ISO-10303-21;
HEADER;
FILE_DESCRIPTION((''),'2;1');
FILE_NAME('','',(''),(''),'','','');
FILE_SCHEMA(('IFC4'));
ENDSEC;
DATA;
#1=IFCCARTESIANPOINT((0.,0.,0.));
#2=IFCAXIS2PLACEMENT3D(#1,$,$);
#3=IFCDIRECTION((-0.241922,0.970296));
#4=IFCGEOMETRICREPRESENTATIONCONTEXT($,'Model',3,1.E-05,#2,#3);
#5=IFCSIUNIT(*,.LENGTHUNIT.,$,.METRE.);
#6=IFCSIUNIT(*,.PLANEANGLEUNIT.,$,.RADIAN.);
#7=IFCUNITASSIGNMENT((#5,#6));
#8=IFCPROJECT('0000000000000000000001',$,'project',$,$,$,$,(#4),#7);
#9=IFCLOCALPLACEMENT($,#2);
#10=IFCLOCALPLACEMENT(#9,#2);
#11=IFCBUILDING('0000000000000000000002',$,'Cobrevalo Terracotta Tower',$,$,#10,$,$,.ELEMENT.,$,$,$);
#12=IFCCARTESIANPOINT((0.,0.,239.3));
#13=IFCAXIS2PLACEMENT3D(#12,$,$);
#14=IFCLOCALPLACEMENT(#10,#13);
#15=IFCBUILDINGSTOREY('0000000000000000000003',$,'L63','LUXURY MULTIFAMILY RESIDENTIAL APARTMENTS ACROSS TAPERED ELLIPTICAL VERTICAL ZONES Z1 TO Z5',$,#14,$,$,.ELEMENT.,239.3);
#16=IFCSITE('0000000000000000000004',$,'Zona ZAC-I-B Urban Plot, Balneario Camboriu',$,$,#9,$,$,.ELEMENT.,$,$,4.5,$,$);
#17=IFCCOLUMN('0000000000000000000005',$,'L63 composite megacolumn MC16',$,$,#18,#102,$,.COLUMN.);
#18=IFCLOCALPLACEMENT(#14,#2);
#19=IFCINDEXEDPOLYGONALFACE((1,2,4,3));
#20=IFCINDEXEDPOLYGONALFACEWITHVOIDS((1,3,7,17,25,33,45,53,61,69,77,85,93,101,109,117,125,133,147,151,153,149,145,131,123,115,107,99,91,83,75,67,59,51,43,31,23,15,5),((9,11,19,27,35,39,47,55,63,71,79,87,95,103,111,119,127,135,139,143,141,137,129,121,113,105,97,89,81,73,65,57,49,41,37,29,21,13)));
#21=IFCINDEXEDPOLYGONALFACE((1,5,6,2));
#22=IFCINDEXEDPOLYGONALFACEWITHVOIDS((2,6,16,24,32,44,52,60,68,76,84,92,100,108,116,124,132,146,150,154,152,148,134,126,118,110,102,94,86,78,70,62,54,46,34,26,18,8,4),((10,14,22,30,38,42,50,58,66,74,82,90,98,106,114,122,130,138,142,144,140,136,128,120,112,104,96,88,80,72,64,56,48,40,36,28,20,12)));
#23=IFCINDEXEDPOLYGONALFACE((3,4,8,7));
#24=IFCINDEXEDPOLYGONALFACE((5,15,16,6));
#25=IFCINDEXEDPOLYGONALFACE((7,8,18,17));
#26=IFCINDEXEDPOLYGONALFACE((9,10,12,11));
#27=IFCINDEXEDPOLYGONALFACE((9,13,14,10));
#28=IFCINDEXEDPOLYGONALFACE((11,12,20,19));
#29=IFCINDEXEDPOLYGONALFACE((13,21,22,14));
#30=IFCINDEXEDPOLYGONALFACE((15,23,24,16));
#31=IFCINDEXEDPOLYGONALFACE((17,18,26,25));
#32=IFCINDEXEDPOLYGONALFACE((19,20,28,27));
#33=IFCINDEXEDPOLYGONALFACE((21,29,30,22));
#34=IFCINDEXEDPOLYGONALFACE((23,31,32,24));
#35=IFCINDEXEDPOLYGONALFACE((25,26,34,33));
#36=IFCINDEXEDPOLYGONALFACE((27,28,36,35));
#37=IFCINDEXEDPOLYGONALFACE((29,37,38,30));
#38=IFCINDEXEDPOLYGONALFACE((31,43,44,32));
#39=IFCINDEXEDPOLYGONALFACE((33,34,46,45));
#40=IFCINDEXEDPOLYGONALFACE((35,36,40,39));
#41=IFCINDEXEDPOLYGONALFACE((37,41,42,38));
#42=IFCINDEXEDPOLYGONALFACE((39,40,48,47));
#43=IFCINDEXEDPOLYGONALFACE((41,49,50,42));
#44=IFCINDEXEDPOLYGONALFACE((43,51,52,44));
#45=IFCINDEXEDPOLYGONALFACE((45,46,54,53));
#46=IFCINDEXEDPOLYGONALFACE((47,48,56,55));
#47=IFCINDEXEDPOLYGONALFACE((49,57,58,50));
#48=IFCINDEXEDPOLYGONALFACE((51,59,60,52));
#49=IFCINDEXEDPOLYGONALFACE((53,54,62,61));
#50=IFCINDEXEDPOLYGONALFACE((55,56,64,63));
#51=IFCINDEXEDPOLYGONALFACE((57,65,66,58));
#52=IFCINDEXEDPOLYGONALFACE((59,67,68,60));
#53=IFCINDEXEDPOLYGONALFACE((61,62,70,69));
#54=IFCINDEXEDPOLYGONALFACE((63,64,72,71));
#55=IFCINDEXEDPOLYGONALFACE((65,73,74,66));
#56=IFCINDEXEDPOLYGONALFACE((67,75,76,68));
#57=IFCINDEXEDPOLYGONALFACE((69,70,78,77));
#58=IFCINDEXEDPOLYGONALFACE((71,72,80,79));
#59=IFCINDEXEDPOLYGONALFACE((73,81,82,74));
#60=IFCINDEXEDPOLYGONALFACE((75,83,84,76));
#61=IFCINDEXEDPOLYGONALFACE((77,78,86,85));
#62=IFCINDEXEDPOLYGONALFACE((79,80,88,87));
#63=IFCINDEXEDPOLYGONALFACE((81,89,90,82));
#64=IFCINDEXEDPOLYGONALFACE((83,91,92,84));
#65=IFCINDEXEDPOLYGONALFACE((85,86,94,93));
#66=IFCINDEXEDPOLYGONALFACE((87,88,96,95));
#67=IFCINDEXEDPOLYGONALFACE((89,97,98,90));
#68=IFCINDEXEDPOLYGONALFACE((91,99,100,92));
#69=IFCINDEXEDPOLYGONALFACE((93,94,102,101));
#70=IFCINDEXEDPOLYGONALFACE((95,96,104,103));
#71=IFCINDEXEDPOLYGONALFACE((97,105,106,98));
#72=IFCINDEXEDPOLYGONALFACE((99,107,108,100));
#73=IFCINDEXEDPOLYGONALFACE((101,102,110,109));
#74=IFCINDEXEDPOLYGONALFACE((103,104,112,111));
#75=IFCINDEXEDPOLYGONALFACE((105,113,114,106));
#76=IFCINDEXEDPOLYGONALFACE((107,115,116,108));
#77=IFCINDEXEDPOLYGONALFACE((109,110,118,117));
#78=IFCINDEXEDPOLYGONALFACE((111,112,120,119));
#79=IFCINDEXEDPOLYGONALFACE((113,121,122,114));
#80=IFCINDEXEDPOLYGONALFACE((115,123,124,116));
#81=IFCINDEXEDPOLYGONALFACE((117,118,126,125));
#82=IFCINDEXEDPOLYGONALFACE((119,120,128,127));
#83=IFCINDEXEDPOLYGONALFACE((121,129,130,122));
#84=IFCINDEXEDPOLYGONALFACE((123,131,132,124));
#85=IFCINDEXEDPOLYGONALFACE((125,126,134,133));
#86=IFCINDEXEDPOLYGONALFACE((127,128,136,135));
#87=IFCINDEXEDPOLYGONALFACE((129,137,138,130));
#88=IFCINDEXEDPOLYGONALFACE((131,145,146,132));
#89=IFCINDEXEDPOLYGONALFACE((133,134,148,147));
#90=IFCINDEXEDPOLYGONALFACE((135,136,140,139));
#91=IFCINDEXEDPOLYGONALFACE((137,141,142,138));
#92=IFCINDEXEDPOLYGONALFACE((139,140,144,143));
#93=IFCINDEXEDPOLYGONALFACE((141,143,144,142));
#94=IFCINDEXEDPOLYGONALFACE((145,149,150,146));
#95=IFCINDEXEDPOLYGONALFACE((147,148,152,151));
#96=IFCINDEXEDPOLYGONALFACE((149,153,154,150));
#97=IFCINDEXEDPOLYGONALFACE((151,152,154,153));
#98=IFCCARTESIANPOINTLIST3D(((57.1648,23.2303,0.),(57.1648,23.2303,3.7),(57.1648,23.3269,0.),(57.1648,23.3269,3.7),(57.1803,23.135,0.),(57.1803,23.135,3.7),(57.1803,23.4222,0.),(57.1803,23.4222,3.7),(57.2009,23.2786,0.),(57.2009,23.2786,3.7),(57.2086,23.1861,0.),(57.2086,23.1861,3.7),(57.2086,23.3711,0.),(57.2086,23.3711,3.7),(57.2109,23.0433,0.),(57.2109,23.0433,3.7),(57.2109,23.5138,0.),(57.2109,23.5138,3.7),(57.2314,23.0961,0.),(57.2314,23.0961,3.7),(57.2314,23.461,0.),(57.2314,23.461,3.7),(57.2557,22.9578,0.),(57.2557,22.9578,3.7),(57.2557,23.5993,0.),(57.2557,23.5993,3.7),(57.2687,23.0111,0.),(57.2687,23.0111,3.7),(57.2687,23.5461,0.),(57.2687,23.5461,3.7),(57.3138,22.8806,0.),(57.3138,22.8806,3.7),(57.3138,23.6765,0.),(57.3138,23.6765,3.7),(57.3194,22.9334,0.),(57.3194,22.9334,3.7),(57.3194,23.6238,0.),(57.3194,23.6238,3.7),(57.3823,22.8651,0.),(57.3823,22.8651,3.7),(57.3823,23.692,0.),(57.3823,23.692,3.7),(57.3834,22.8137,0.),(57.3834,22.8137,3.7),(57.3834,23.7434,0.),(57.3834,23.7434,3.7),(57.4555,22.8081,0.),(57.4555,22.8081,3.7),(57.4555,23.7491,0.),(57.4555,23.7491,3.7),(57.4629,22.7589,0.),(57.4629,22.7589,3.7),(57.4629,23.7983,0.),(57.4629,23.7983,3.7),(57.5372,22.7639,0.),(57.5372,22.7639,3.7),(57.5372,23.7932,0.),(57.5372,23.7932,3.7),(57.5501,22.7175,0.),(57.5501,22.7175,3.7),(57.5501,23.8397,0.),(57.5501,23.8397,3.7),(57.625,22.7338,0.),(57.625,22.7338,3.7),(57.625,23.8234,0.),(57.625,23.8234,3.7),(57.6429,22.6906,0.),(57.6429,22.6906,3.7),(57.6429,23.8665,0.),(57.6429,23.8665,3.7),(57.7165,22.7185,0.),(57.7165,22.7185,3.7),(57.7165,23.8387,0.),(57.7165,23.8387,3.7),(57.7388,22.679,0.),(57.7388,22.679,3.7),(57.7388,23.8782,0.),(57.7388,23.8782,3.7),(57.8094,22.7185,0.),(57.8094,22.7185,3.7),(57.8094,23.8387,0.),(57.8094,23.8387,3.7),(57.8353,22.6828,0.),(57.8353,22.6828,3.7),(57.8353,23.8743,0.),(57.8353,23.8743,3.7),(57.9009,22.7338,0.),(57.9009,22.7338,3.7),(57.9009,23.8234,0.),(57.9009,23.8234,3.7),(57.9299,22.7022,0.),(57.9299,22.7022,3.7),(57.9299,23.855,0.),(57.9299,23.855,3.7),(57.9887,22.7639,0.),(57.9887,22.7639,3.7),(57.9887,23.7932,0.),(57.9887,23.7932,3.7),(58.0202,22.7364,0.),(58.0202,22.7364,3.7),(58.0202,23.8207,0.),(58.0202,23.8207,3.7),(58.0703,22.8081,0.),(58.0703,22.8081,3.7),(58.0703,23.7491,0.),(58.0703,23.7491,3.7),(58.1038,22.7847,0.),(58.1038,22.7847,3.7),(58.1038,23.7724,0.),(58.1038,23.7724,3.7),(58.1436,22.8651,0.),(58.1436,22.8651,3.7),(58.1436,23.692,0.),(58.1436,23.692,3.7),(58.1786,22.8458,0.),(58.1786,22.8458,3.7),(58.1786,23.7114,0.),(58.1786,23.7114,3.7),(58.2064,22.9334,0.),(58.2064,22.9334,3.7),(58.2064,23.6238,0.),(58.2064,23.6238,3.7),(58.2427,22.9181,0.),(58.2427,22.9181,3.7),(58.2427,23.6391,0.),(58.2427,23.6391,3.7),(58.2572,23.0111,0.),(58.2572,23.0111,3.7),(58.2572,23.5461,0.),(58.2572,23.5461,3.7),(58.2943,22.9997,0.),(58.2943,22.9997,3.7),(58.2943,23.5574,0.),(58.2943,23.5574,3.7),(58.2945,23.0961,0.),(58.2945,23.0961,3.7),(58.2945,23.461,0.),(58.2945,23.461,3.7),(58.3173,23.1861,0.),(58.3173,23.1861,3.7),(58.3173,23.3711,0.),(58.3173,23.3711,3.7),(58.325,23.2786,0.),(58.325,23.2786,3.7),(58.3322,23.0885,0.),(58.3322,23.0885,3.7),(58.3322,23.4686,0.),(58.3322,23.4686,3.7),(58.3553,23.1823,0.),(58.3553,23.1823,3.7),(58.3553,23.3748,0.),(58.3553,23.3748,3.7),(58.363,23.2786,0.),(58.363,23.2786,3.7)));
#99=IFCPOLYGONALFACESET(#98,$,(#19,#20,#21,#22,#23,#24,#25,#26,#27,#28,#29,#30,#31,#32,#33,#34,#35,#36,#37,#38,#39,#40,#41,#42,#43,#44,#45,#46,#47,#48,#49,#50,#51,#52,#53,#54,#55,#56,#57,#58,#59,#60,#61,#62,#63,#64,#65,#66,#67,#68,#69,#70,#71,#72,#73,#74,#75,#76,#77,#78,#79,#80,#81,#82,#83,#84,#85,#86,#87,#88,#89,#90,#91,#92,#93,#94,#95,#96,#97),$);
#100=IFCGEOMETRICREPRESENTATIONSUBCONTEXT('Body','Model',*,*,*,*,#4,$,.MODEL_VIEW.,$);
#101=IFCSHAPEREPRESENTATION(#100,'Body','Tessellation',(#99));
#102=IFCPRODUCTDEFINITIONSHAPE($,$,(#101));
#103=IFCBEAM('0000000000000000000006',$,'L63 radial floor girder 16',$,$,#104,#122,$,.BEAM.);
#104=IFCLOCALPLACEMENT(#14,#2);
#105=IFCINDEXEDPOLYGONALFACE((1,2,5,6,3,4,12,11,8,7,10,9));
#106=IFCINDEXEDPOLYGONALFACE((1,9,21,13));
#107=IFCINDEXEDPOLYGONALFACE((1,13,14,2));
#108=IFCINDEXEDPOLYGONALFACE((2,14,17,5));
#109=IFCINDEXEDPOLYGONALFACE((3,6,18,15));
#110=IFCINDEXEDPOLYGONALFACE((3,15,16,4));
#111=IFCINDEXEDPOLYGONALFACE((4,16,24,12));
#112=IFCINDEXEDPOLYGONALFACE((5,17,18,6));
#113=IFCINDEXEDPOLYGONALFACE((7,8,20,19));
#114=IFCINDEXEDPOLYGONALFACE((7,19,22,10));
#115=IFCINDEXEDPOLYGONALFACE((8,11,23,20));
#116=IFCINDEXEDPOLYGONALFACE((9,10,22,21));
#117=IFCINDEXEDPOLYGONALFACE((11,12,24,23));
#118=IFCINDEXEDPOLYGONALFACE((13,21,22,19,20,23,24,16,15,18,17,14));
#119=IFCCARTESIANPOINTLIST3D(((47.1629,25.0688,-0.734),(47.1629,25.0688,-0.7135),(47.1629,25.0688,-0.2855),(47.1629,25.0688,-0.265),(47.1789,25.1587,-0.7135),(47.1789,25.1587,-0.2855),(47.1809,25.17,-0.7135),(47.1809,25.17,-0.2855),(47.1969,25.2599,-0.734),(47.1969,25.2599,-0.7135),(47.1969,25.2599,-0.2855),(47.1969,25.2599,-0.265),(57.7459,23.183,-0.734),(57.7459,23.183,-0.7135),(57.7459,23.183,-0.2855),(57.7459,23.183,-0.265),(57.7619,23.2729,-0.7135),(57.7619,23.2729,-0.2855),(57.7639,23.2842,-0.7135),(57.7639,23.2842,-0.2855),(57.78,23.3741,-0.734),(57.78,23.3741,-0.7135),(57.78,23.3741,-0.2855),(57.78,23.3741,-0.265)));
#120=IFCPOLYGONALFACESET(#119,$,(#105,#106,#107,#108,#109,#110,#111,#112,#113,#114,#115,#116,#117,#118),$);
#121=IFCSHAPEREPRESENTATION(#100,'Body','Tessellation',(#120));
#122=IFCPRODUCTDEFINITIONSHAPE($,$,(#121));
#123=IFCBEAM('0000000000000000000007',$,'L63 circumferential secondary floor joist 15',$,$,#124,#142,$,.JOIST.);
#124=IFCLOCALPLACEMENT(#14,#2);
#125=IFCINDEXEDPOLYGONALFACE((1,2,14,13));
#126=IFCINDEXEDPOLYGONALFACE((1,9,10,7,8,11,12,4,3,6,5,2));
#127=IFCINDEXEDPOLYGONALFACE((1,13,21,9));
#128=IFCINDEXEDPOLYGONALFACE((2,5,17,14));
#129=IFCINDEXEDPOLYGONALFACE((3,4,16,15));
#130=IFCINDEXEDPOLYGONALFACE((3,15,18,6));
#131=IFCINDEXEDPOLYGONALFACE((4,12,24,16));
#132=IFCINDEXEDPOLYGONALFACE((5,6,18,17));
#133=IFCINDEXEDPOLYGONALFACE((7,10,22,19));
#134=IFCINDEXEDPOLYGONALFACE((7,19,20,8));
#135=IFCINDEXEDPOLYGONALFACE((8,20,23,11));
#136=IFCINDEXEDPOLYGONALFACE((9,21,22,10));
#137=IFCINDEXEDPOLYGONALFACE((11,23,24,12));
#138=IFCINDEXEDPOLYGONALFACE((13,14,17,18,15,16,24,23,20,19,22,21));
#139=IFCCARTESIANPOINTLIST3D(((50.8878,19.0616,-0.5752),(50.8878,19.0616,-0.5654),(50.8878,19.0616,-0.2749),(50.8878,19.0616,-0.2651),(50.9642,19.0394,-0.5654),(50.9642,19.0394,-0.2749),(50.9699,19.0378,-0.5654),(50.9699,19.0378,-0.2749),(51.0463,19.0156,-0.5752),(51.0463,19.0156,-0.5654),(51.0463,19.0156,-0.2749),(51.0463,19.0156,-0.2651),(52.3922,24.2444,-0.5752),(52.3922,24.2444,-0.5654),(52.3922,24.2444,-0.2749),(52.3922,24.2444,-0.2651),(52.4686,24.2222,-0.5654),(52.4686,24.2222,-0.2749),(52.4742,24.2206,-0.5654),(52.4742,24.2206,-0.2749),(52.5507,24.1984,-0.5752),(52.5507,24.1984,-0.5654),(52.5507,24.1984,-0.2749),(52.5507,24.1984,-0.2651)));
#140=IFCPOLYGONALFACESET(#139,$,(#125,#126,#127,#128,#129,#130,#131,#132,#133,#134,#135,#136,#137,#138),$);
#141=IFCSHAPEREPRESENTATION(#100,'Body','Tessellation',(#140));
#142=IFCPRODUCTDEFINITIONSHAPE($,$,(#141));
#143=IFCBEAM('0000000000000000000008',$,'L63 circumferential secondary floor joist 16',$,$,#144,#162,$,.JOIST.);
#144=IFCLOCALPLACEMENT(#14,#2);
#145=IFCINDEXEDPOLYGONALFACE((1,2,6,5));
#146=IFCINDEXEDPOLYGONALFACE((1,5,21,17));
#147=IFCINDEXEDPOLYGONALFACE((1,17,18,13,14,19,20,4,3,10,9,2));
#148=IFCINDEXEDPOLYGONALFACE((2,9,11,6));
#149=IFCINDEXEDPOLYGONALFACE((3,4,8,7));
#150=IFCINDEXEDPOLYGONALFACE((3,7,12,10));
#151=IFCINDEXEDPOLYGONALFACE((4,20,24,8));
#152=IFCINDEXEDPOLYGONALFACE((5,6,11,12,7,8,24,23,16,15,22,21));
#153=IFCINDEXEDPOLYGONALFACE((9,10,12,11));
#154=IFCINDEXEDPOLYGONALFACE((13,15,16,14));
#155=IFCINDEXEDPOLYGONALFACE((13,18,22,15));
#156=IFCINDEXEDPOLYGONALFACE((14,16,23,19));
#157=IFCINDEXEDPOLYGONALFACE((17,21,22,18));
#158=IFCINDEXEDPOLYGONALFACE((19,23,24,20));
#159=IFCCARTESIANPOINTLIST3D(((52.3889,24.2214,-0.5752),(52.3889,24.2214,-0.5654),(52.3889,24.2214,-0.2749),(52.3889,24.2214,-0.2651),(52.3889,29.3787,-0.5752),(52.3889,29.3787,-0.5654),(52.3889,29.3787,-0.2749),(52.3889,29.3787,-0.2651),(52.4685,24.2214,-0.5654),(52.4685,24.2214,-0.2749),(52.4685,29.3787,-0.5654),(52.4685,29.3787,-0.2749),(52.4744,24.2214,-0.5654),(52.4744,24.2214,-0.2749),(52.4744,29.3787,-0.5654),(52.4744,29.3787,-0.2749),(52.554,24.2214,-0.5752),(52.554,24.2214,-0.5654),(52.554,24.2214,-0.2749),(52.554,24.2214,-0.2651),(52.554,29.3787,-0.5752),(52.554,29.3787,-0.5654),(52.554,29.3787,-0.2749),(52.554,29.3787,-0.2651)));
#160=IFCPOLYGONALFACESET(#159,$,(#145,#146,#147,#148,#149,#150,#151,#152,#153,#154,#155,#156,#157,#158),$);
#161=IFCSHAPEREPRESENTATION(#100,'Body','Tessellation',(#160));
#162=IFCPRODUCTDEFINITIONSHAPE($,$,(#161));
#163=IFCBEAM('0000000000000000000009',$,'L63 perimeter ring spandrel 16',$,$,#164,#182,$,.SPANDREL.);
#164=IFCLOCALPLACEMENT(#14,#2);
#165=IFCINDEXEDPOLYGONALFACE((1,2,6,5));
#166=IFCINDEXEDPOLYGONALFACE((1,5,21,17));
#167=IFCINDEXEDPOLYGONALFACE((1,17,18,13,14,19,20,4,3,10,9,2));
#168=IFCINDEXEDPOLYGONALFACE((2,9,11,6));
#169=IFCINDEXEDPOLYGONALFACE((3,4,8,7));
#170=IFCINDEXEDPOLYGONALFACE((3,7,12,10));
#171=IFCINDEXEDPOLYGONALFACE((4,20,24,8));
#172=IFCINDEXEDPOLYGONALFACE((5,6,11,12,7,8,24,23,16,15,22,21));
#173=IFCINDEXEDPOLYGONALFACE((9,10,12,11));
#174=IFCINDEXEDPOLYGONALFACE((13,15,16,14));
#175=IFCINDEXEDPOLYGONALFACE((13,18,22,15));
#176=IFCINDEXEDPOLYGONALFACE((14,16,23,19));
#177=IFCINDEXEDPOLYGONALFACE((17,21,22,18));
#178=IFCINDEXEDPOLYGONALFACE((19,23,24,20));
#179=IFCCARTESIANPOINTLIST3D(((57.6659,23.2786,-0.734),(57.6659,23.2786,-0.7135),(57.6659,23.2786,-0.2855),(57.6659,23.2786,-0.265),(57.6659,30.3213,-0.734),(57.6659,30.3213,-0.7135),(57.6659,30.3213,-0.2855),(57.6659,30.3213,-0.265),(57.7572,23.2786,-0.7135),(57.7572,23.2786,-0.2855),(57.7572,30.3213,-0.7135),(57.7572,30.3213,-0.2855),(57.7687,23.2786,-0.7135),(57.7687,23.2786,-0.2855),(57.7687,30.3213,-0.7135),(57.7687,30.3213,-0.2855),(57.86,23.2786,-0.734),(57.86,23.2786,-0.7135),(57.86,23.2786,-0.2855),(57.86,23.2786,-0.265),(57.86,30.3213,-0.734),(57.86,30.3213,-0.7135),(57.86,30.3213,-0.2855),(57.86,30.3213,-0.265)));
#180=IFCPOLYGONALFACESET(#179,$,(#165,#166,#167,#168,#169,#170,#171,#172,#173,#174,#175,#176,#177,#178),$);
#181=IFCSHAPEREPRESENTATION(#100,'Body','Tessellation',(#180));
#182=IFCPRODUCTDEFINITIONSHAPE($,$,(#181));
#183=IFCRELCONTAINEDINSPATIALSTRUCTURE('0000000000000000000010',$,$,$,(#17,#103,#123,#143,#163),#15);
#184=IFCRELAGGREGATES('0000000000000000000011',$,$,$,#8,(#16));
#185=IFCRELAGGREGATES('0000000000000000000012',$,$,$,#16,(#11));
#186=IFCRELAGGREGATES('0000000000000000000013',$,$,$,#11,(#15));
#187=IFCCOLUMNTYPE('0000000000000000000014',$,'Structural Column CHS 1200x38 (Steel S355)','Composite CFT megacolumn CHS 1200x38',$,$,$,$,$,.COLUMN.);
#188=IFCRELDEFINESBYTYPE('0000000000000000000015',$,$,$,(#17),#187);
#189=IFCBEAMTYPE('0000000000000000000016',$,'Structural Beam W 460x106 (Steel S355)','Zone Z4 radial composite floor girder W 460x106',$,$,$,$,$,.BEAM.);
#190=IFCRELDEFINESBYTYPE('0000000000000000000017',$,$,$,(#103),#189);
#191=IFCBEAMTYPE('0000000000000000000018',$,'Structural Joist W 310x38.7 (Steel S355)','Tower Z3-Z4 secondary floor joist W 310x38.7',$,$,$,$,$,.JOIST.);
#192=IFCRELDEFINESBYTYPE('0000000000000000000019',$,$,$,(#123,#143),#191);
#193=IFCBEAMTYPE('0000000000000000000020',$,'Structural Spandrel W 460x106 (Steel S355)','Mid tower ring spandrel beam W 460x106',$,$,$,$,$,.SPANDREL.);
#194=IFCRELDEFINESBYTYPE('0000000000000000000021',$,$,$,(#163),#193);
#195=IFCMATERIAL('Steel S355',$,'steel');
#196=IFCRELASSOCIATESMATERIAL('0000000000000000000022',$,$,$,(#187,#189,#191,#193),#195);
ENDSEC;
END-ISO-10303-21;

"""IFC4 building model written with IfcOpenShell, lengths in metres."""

from ifc_helpers import new_model, si_unit, direction, frame, origin, origin_2d, place, context, subcontext, project, spatial, hollow_circle, i_section, extrude, material, material_profile, profile_set, type_object, element, save


model = new_model("IFC4")

# Units and contexts
model_context = context("Model", 3, precision=1e-05, world=origin(), true_north=direction((-0.241922, 0.970296)))
body_context = subcontext(model_context, "Body", "Model", "MODEL_VIEW")
ifc_project = project(units=[si_unit("LENGTHUNIT", "METRE"), si_unit("PLANEANGLEUNIT", "RADIAN")], contexts=[model_context])

# Site, building, storey
site_placement = place(None, origin())
site = spatial("IfcSite", under=ifc_project, at=site_placement, Name="Zona ZAC-I-B Urban Plot, Balneario Camboriu", CompositionType="ELEMENT", RefElevation=4.5)
building_placement = place(site_placement, origin())
building = spatial("IfcBuilding", under=site, at=building_placement, Name="Cobrevalo Terracotta Tower", CompositionType="ELEMENT")
storey_placement = place(building_placement, frame((0.0, 0.0, 239.3)))
storey = spatial("IfcBuildingStorey", under=building, at=storey_placement, Name="L63", Description="LUXURY MULTIFAMILY RESIDENTIAL APARTMENTS ACROSS TAPERED ELLIPTICAL VERTICAL ZONES Z1 TO Z5", CompositionType="ELEMENT", Elevation=239.3)

# Column
ifc_material_1 = material(Name="Steel S355", Category="steel")
ifc_material_profile_1 = material_profile(ifc_material_1, hollow_circle(Radius=0.6001, WallThickness=0.0381, at=origin_2d()), Name="CHS 1200x38")
ifc_profile_set_1 = profile_set([ifc_material_profile_1], Name="Steel S355")
column_type = type_object("IfcColumnType", Name="Structural Column CHS 1200x38 (Steel S355)", Description="Composite CFT megacolumn CHS 1200x38", PredefinedType="COLUMN", material=ifc_profile_set_1)
column_placement = place(storey_placement, frame((57.7629, 23.2786, 0.0), z_axis=(0.0, 0.0, 1.0), x_axis=(1.0, 0.0, 0.0)))
element("IfcColumn", 1, at=column_placement, inside=storey, type_object=column_type, Name="L63 composite megacolumn MC16", PredefinedType="COLUMN", context=body_context, shape_type="SweptSolid", body=[
    extrude(hollow_circle(Radius=0.6001, WallThickness=0.0381, at=origin_2d()), origin(), (0.0, 0.0, 1.0), 3.7),
])

# Beams
ifc_material_profile_2 = material_profile(ifc_material_1, i_section(OverallWidth=0.1941, OverallDepth=0.469, WebThickness=0.0115, FlangeThickness=0.0205, at=origin_2d()), Name="W 460x106")
ifc_profile_set_2 = profile_set([ifc_material_profile_2], Name="Steel S355")
beam_type_1 = type_object("IfcBeamType", Name="Structural Beam W 460x106 (Steel S355)", Description="Zone Z4 radial composite floor girder W 460x106", PredefinedType="BEAM", material=ifc_profile_set_2)
beam_1_placement = place(storey_placement, frame((57.7629, 23.2786, -0.4995), z_axis=(-0.984493, 0.175423, 0.0), x_axis=(-0.175423, -0.984493, 0.0)))
element("IfcBeam", 2, at=beam_1_placement, inside=storey, type_object=beam_type_1, Name="L63 radial floor girder 16", PredefinedType="BEAM", context=body_context, shape_type="SweptSolid", body=[
    extrude(i_section(OverallWidth=0.1941, OverallDepth=0.469, WebThickness=0.0115, FlangeThickness=0.0205, at=origin_2d()), origin(), (0.0, 0.0, 1.0), 10.7498),
])
ifc_material_profile_3 = material_profile(ifc_material_1, i_section(OverallWidth=0.165, OverallDepth=0.3101, WebThickness=0.0059, FlangeThickness=0.0098, at=origin_2d()), Name="W 310x38.7")
ifc_profile_set_3 = profile_set([ifc_material_profile_3], Name="Steel S355")
beam_type_2 = type_object("IfcBeamType", Name="Structural Joist W 310x38.7 (Steel S355)", Description="Tower Z3-Z4 secondary floor joist W 310x38.7", PredefinedType="JOIST", material=ifc_profile_set_3)
beam_2_placement = place(storey_placement, frame((50.967, 19.0386, -0.4202), z_axis=(0.278758, 0.960361, 0.0), x_axis=(-0.960361, 0.278758, 0.0)))
element("IfcBeam", 3, at=beam_2_placement, inside=storey, type_object=beam_type_2, Name="L63 circumferential secondary floor joist 15", PredefinedType="JOIST", context=body_context, shape_type="SweptSolid", body=[
    extrude(i_section(OverallWidth=0.165, OverallDepth=0.3101, WebThickness=0.0059, FlangeThickness=0.0098, at=origin_2d()), origin(), (0.0, 0.0, 1.0), 5.3967),
])
beam_3_placement = place(storey_placement, frame((52.4714, 24.2214, -0.4202), z_axis=(0.0, 1.0, 0.0), x_axis=(-1.0, 0.0, 0.0)))
element("IfcBeam", 4, at=beam_3_placement, inside=storey, type_object=beam_type_2, Name="L63 circumferential secondary floor joist 16", PredefinedType="JOIST", context=body_context, shape_type="SweptSolid", body=[
    extrude(i_section(OverallWidth=0.165, OverallDepth=0.3101, WebThickness=0.0059, FlangeThickness=0.0098, at=origin_2d()), origin(), (0.0, 0.0, 1.0), 5.1572),
])
ifc_material_profile_4 = material_profile(ifc_material_1, i_section(OverallWidth=0.1941, OverallDepth=0.469, WebThickness=0.0115, FlangeThickness=0.0205, at=origin_2d()), Name="W 460x106")
ifc_profile_set_4 = profile_set([ifc_material_profile_4], Name="Steel S355")
beam_type_3 = type_object("IfcBeamType", Name="Structural Spandrel W 460x106 (Steel S355)", Description="Mid tower ring spandrel beam W 460x106", PredefinedType="SPANDREL", material=ifc_profile_set_4)
beam_4_placement = place(storey_placement, frame((57.7629, 23.2786, -0.4995), z_axis=(0.0, 1.0, 0.0), x_axis=(-1.0, 0.0, 0.0)))
element("IfcBeam", 5, at=beam_4_placement, inside=storey, type_object=beam_type_3, Name="L63 perimeter ring spandrel 16", PredefinedType="SPANDREL", context=body_context, shape_type="SweptSolid", body=[
    extrude(i_section(OverallWidth=0.1941, OverallDepth=0.469, WebThickness=0.0115, FlangeThickness=0.0205, at=origin_2d()), origin(), (0.0, 0.0, 1.0), 7.0427),
])

save(model, "model.ifc")
